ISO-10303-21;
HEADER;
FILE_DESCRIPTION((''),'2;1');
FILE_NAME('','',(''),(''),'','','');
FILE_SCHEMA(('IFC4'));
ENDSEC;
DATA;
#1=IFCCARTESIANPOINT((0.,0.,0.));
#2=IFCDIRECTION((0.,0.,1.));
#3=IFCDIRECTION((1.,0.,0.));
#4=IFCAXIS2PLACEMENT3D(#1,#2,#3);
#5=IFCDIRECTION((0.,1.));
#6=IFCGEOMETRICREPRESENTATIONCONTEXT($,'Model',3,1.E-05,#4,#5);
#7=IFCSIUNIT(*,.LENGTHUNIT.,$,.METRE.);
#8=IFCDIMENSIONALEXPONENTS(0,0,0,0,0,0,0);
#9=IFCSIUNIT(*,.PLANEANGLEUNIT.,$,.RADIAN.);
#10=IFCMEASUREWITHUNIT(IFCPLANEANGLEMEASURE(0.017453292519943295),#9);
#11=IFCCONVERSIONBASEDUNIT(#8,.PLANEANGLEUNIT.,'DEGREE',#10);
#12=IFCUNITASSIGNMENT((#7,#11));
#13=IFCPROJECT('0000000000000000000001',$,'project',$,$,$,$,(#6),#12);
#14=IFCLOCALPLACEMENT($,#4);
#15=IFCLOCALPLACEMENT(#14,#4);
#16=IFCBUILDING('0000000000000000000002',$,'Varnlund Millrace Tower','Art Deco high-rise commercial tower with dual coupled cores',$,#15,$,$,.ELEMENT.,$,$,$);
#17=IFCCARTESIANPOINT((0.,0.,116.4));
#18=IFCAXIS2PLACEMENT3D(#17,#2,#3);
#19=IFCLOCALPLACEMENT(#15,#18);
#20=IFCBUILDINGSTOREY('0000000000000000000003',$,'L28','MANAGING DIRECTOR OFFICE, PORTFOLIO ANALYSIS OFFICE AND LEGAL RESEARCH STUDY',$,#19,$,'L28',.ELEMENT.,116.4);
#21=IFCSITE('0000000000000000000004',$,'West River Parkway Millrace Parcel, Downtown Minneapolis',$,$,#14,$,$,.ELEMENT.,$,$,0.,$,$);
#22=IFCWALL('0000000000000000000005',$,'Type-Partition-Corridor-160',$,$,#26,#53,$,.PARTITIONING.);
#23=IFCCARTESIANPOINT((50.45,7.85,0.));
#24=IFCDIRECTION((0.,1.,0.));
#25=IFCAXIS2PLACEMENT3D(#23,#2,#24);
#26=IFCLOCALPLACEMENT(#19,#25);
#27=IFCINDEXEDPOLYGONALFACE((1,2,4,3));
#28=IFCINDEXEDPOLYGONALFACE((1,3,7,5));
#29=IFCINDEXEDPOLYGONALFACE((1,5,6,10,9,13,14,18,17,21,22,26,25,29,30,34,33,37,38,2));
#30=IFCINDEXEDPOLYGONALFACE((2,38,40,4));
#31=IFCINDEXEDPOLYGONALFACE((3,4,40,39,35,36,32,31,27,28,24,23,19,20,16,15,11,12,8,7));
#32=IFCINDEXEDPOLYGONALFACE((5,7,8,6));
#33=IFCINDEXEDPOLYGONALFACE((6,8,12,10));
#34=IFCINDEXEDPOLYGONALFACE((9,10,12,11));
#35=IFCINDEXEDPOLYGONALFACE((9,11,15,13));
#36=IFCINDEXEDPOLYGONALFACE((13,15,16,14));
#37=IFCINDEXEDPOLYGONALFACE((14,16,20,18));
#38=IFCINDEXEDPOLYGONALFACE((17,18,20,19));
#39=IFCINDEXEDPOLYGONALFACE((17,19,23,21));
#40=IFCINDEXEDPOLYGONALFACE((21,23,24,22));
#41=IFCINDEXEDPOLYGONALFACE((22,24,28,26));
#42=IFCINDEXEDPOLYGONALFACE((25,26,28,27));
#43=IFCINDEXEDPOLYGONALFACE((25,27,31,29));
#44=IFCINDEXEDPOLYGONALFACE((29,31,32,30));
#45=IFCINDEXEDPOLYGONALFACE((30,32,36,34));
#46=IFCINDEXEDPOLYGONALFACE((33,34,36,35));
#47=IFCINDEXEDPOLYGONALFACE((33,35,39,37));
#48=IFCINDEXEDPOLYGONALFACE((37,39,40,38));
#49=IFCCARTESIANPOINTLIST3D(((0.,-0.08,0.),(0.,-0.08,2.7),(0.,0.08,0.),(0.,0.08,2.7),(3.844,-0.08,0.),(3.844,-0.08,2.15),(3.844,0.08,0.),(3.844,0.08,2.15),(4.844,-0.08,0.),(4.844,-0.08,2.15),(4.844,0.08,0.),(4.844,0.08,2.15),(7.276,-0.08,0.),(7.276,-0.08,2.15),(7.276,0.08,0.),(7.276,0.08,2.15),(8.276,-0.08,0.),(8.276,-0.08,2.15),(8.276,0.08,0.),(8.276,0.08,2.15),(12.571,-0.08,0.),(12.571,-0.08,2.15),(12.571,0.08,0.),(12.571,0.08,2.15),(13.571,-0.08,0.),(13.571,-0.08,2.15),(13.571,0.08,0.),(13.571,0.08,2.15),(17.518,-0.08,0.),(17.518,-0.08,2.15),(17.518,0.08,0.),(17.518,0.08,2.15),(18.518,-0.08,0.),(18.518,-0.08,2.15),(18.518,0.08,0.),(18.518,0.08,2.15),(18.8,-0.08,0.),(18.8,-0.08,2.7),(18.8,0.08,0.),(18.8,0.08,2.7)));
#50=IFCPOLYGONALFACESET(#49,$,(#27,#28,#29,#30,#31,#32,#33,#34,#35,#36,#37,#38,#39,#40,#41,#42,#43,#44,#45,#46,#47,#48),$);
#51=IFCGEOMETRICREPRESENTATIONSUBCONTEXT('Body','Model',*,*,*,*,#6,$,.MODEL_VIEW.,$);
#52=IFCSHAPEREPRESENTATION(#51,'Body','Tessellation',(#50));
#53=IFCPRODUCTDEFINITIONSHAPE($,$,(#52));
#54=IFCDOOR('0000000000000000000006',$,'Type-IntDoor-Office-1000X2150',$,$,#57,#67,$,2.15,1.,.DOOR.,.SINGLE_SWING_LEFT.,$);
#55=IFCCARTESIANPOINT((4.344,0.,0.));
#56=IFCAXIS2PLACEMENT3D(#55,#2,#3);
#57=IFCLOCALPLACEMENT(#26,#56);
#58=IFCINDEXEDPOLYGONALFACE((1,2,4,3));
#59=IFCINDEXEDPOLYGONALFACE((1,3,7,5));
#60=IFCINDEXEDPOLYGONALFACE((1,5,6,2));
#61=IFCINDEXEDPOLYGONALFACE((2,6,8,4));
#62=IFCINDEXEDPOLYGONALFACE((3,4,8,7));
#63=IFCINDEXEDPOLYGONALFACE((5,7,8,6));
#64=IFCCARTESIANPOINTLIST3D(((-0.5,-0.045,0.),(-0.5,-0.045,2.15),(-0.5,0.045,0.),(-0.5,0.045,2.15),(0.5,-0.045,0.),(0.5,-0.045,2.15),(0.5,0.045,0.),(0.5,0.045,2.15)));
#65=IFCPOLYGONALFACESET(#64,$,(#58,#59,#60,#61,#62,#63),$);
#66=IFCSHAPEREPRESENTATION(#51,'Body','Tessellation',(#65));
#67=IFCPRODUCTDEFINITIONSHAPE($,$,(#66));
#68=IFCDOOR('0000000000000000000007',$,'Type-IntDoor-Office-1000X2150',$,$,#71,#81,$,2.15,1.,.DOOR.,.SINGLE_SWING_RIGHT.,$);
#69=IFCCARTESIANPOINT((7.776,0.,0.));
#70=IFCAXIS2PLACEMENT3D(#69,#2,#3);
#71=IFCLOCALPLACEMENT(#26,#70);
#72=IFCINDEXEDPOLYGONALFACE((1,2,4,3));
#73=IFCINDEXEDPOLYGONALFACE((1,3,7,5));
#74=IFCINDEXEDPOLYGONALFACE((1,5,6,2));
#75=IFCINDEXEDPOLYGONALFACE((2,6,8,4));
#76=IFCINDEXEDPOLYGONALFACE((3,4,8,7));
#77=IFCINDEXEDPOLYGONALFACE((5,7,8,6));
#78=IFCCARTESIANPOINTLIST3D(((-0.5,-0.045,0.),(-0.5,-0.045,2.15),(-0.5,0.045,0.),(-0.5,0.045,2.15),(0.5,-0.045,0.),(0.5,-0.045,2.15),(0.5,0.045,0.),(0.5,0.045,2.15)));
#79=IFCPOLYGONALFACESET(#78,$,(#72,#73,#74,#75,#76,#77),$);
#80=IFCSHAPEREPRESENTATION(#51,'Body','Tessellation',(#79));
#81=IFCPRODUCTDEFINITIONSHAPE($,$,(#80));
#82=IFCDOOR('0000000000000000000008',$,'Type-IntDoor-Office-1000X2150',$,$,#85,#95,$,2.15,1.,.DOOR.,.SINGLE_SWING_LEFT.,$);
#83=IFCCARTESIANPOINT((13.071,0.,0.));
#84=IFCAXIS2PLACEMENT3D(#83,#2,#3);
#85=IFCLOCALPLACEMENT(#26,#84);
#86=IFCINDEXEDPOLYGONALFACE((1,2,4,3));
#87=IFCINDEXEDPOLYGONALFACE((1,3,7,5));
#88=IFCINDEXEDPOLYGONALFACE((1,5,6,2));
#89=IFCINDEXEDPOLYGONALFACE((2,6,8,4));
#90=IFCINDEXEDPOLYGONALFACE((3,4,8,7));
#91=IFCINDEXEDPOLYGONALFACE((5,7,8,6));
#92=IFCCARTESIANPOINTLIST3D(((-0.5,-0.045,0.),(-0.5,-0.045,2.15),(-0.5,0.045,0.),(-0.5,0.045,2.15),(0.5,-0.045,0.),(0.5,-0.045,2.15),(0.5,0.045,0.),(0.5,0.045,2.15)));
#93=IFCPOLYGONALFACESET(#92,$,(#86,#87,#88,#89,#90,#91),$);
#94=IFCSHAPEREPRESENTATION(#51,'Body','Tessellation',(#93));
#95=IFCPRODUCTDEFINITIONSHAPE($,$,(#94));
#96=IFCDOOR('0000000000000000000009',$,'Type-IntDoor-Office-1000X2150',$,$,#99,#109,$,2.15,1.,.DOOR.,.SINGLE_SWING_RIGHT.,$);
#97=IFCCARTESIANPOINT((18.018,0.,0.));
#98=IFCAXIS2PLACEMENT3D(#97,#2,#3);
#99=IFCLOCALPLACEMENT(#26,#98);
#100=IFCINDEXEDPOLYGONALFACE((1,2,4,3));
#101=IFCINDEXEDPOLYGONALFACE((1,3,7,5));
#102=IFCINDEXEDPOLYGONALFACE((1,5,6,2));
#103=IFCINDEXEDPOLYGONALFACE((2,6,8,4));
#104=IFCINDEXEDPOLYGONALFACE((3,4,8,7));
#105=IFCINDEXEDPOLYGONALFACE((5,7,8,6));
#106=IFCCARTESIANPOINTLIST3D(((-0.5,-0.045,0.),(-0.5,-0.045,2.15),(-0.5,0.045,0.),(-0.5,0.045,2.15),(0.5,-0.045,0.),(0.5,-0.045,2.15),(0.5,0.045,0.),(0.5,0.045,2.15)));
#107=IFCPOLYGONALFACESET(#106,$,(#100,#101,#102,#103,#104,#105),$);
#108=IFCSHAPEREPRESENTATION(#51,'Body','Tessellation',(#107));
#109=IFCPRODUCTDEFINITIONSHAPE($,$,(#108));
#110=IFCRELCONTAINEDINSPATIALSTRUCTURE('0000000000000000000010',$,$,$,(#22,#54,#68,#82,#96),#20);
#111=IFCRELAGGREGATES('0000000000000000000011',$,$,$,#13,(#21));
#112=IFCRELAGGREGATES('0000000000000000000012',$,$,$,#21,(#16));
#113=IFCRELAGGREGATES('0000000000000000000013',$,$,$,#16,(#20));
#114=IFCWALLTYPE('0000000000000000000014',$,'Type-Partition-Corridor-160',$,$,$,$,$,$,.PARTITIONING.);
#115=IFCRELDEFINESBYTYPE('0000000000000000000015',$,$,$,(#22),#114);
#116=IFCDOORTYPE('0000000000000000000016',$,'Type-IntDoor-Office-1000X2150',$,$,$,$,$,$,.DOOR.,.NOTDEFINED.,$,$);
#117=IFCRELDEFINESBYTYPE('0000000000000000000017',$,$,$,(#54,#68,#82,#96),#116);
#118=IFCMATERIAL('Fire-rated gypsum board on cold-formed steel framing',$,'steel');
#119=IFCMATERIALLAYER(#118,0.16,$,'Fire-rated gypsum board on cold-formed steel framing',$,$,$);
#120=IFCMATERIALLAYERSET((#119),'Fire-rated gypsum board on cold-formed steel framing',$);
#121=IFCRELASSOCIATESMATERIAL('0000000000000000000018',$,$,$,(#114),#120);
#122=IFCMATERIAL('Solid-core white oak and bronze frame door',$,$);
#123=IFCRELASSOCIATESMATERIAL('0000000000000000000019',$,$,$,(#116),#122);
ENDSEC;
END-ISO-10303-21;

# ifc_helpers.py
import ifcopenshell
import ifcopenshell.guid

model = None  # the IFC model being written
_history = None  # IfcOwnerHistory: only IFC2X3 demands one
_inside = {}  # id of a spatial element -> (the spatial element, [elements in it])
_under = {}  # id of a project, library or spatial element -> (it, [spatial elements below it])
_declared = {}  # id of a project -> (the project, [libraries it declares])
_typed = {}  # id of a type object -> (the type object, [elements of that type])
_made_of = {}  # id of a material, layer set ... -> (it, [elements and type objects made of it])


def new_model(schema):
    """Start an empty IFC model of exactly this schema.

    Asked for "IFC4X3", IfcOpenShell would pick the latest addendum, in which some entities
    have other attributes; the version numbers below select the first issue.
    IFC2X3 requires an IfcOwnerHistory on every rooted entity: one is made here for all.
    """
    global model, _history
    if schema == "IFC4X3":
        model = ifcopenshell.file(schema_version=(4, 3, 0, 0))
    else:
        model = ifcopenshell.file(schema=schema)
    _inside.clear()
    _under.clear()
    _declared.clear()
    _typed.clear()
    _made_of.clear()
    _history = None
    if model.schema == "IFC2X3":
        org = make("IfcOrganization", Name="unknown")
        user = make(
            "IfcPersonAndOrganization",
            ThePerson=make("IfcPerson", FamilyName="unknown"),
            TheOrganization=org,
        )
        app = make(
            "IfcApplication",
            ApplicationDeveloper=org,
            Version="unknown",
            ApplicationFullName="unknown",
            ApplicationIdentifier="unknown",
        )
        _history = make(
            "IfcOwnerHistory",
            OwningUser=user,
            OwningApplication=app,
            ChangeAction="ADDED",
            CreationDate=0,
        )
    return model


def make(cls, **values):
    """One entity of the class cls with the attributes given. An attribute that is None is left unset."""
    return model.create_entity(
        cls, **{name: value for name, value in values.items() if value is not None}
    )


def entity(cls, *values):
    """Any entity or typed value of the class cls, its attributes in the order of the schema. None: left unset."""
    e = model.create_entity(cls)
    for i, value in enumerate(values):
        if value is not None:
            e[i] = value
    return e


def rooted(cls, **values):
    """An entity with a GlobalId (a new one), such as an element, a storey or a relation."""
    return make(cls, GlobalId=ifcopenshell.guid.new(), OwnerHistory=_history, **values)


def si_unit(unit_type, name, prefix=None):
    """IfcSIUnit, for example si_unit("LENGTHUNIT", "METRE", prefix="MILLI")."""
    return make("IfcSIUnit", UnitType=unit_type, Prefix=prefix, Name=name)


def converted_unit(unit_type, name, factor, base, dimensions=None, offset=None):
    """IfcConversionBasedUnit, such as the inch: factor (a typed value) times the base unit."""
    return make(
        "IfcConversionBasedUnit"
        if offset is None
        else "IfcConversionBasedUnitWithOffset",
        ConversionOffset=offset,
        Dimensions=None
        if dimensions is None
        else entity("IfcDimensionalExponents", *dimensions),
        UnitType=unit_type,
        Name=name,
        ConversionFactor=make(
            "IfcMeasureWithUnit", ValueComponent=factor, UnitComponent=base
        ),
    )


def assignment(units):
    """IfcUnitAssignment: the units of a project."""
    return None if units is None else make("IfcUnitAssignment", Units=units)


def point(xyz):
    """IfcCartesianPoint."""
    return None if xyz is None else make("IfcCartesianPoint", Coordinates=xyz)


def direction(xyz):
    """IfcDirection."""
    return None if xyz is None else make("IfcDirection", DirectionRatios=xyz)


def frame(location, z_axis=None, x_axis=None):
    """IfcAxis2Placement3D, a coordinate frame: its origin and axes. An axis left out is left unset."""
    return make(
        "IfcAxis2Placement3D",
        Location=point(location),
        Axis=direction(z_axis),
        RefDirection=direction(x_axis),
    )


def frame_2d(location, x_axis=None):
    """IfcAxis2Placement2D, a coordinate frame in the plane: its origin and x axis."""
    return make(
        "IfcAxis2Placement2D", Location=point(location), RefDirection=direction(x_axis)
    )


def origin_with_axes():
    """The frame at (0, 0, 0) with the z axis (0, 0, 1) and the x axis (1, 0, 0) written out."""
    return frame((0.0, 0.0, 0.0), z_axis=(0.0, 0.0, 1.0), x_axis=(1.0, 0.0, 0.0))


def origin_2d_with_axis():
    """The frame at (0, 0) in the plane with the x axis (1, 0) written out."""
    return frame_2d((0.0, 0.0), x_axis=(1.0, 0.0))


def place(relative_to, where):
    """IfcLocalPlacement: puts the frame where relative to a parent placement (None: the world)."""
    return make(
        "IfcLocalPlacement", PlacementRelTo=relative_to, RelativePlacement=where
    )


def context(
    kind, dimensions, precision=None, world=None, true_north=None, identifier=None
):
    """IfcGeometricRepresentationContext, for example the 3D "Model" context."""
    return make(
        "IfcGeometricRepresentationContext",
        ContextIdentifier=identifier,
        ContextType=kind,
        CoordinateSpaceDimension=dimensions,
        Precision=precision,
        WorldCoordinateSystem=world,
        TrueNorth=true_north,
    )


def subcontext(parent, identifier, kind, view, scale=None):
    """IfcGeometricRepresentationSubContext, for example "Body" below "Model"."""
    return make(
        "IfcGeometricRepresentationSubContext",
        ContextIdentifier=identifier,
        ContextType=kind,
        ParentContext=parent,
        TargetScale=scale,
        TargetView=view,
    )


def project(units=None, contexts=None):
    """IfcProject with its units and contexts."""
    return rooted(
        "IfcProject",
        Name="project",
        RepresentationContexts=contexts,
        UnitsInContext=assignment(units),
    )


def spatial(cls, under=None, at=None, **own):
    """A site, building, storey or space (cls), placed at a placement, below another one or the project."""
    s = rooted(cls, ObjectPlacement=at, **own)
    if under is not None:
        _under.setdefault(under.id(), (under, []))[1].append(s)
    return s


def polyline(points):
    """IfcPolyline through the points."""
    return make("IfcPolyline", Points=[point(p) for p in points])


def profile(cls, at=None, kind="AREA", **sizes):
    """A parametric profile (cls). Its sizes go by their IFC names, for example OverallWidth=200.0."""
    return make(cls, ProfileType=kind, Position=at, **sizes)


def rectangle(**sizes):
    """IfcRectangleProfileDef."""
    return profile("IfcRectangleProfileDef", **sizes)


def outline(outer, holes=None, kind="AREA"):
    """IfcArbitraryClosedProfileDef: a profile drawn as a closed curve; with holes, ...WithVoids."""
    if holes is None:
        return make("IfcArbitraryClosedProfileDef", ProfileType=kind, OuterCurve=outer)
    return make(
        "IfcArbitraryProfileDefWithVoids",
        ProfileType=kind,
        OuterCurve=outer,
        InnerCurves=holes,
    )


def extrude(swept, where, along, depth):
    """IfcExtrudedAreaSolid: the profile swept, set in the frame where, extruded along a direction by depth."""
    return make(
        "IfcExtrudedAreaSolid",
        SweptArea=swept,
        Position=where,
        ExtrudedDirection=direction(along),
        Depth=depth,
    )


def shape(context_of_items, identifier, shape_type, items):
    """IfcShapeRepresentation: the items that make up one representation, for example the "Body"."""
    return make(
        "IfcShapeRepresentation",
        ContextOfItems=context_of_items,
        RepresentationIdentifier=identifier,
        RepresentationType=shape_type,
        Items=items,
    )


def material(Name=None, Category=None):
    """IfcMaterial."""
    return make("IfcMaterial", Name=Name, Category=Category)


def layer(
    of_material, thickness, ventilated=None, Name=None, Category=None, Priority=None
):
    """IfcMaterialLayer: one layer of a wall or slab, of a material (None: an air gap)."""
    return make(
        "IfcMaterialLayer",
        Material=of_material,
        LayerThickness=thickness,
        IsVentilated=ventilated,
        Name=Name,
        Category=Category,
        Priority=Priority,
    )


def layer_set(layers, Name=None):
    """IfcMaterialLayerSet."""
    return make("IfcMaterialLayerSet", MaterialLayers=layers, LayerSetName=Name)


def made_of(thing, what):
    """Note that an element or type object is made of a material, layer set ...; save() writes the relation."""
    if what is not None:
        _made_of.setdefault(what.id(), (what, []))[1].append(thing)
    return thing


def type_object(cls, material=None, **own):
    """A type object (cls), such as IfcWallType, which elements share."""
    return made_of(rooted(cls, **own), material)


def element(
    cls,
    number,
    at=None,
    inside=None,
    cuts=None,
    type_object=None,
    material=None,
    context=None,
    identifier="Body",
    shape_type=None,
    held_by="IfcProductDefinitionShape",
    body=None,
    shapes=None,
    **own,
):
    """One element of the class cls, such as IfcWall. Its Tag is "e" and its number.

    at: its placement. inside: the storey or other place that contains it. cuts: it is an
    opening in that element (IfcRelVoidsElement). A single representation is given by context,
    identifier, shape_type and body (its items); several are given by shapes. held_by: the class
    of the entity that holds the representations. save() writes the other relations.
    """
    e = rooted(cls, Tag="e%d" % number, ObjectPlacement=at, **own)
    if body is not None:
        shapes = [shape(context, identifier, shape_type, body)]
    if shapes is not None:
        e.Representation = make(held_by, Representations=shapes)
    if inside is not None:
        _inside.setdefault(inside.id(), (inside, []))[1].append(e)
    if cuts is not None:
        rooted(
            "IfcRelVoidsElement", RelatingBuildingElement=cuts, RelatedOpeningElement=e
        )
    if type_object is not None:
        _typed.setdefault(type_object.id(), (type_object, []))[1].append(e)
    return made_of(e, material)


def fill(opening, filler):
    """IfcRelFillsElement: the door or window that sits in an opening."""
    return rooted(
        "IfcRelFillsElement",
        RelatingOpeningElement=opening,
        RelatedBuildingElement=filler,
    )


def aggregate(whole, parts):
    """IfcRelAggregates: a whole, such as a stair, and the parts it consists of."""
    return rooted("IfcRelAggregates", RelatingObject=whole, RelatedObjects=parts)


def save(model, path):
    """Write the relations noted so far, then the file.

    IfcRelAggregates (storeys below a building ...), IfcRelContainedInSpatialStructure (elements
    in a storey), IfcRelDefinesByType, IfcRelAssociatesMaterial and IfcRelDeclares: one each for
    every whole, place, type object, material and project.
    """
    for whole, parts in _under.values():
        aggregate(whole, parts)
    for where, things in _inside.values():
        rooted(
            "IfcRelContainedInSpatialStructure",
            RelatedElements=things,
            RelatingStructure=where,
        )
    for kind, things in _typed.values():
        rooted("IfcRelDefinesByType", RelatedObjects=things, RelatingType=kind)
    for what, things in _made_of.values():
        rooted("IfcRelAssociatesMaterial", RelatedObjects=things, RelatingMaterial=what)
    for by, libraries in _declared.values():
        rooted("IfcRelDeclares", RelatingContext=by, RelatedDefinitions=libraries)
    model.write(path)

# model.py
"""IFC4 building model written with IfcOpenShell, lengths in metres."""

from ifc_helpers import new_model, entity, si_unit, converted_unit, direction, frame, origin_with_axes, origin_2d_with_axis, place, context, subcontext, project, spatial, polyline, rectangle, outline, extrude, material, layer, layer_set, type_object, element, fill, save


model = new_model("IFC4")

# Units and contexts
model_context = context("Model", 3, precision=1e-05, world=origin_with_axes(), true_north=direction((0.0, 1.0)))
body_context = subcontext(model_context, "Body", "Model", "MODEL_VIEW")
ifc_project = project(units=[si_unit("LENGTHUNIT", "METRE"), converted_unit("PLANEANGLEUNIT", "DEGREE", entity("IfcPlaneAngleMeasure", 0.017453292519943295), si_unit("PLANEANGLEUNIT", "RADIAN"), dimensions=[0, 0, 0, 0, 0, 0, 0])], contexts=[model_context])

# Site, building, storey
site_placement = place(None, origin_with_axes())
site = spatial("IfcSite", under=ifc_project, at=site_placement, Name="West River Parkway Millrace Parcel, Downtown Minneapolis", CompositionType="ELEMENT", RefElevation=0.0)
building_placement = place(site_placement, origin_with_axes())
building = spatial("IfcBuilding", under=site, at=building_placement, Name="Varnlund Millrace Tower", Description="Art Deco high-rise commercial tower with dual coupled cores", CompositionType="ELEMENT")
storey_placement = place(building_placement, frame((0.0, 0.0, 116.4), z_axis=(0.0, 0.0, 1.0), x_axis=(1.0, 0.0, 0.0)))
storey = spatial("IfcBuildingStorey", under=building, at=storey_placement, Name="L28", Description="MANAGING DIRECTOR OFFICE, PORTFOLIO ANALYSIS OFFICE AND LEGAL RESEARCH STUDY", LongName="L28", CompositionType="ELEMENT", Elevation=116.4)

# Wall, openings, doors
ifc_material_1 = material(Name="Fire-rated gypsum board on cold-formed steel framing", Category="steel")
ifc_layer_1 = layer(ifc_material_1, 0.16, Name="Fire-rated gypsum board on cold-formed steel framing")
ifc_layer_set_1 = layer_set([ifc_layer_1], Name="Fire-rated gypsum board on cold-formed steel framing")
wall_type_1 = type_object("IfcWallType", Name="Type-Partition-Corridor-160", PredefinedType="PARTITIONING", material=ifc_layer_set_1)
wall_1_placement = place(storey_placement, frame((50.45, 7.85, 0.0), z_axis=(0.0, 0.0, 1.0), x_axis=(0.0, 1.0, 0.0)))
wall_1 = element("IfcWall", 1, at=wall_1_placement, inside=storey, type_object=wall_type_1, Name="Type-Partition-Corridor-160", PredefinedType="PARTITIONING", context=body_context, shape_type="SweptSolid", body=[
    extrude(outline(polyline([(0.0, -0.08), (18.8, -0.08), (18.8, 0.08), (0.0, 0.08), (0.0, -0.08)])), origin_with_axes(), (0.0, 0.0, 1.0), 2.7),
])
opening_1_placement = place(wall_1_placement, frame((4.344, 0.0, 0.0), z_axis=(0.0, 0.0, 1.0), x_axis=(1.0, 0.0, 0.0)))
opening_1 = element("IfcOpeningElement", 2, at=opening_1_placement, cuts=wall_1, PredefinedType="OPENING", context=body_context, shape_type="SweptSolid", body=[
    extrude(rectangle(XDim=1.0, YDim=0.18, at=origin_2d_with_axis()), origin_with_axes(), (0.0, 0.0, 1.0), 2.15),
])
opening_2_placement = place(wall_1_placement, frame((7.776, 0.0, 0.0), z_axis=(0.0, 0.0, 1.0), x_axis=(1.0, 0.0, 0.0)))
opening_2 = element("IfcOpeningElement", 3, at=opening_2_placement, cuts=wall_1, PredefinedType="OPENING", context=body_context, shape_type="SweptSolid", body=[
    extrude(rectangle(XDim=1.0, YDim=0.18, at=origin_2d_with_axis()), origin_with_axes(), (0.0, 0.0, 1.0), 2.15),
])
opening_3_placement = place(wall_1_placement, frame((13.071, 0.0, 0.0), z_axis=(0.0, 0.0, 1.0), x_axis=(1.0, 0.0, 0.0)))
opening_3 = element("IfcOpeningElement", 4, at=opening_3_placement, cuts=wall_1, PredefinedType="OPENING", context=body_context, shape_type="SweptSolid", body=[
    extrude(rectangle(XDim=1.0, YDim=0.18, at=origin_2d_with_axis()), origin_with_axes(), (0.0, 0.0, 1.0), 2.15),
])
opening_4_placement = place(wall_1_placement, frame((18.018, 0.0, 0.0), z_axis=(0.0, 0.0, 1.0), x_axis=(1.0, 0.0, 0.0)))
opening_4 = element("IfcOpeningElement", 5, at=opening_4_placement, cuts=wall_1, PredefinedType="OPENING", context=body_context, shape_type="SweptSolid", body=[
    extrude(rectangle(XDim=1.0, YDim=0.18, at=origin_2d_with_axis()), origin_with_axes(), (0.0, 0.0, 1.0), 2.15),
])
ifc_material_2 = material(Name="Solid-core white oak and bronze frame door")
door_type = type_object("IfcDoorType", Name="Type-IntDoor-Office-1000X2150", OperationType="NOTDEFINED", PredefinedType="DOOR", material=ifc_material_2)
door_1_placement = place(wall_1_placement, frame((4.344, 0.0, 0.0), z_axis=(0.0, 0.0, 1.0), x_axis=(1.0, 0.0, 0.0)))
door_1 = element("IfcDoor", 6, at=door_1_placement, inside=storey, type_object=door_type, Name="Type-IntDoor-Office-1000X2150", OperationType="SINGLE_SWING_LEFT", OverallHeight=2.15, OverallWidth=1.0, PredefinedType="DOOR", context=body_context, shape_type="SweptSolid", body=[
    extrude(rectangle(XDim=1.0, YDim=0.09, at=origin_2d_with_axis()), origin_with_axes(), (0.0, 0.0, 1.0), 2.15),
])
fill(opening_1, door_1)
door_2_placement = place(wall_1_placement, frame((7.776, 0.0, 0.0), z_axis=(0.0, 0.0, 1.0), x_axis=(1.0, 0.0, 0.0)))
door_2 = element("IfcDoor", 7, at=door_2_placement, inside=storey, type_object=door_type, Name="Type-IntDoor-Office-1000X2150", OperationType="SINGLE_SWING_RIGHT", OverallHeight=2.15, OverallWidth=1.0, PredefinedType="DOOR", context=body_context, shape_type="SweptSolid", body=[
    extrude(rectangle(XDim=1.0, YDim=0.09, at=origin_2d_with_axis()), origin_with_axes(), (0.0, 0.0, 1.0), 2.15),
])
fill(opening_2, door_2)
door_3_placement = place(wall_1_placement, frame((13.071, 0.0, 0.0), z_axis=(0.0, 0.0, 1.0), x_axis=(1.0, 0.0, 0.0)))
door_3 = element("IfcDoor", 8, at=door_3_placement, inside=storey, type_object=door_type, Name="Type-IntDoor-Office-1000X2150", OperationType="SINGLE_SWING_LEFT", OverallHeight=2.15, OverallWidth=1.0, PredefinedType="DOOR", context=body_context, shape_type="SweptSolid", body=[
    extrude(rectangle(XDim=1.0, YDim=0.09, at=origin_2d_with_axis()), origin_with_axes(), (0.0, 0.0, 1.0), 2.15),
])
fill(opening_3, door_3)
door_4_placement = place(wall_1_placement, frame((18.018, 0.0, 0.0), z_axis=(0.0, 0.0, 1.0), x_axis=(1.0, 0.0, 0.0)))
door_4 = element("IfcDoor", 9, at=door_4_placement, inside=storey, type_object=door_type, Name="Type-IntDoor-Office-1000X2150", OperationType="SINGLE_SWING_RIGHT", OverallHeight=2.15, OverallWidth=1.0, PredefinedType="DOOR", context=body_context, shape_type="SweptSolid", body=[
    extrude(rectangle(XDim=1.0, YDim=0.09, at=origin_2d_with_axis()), origin_with_axes(), (0.0, 0.0, 1.0), 2.15),
])
fill(opening_4, door_4)

save(model, "model.ifc")
